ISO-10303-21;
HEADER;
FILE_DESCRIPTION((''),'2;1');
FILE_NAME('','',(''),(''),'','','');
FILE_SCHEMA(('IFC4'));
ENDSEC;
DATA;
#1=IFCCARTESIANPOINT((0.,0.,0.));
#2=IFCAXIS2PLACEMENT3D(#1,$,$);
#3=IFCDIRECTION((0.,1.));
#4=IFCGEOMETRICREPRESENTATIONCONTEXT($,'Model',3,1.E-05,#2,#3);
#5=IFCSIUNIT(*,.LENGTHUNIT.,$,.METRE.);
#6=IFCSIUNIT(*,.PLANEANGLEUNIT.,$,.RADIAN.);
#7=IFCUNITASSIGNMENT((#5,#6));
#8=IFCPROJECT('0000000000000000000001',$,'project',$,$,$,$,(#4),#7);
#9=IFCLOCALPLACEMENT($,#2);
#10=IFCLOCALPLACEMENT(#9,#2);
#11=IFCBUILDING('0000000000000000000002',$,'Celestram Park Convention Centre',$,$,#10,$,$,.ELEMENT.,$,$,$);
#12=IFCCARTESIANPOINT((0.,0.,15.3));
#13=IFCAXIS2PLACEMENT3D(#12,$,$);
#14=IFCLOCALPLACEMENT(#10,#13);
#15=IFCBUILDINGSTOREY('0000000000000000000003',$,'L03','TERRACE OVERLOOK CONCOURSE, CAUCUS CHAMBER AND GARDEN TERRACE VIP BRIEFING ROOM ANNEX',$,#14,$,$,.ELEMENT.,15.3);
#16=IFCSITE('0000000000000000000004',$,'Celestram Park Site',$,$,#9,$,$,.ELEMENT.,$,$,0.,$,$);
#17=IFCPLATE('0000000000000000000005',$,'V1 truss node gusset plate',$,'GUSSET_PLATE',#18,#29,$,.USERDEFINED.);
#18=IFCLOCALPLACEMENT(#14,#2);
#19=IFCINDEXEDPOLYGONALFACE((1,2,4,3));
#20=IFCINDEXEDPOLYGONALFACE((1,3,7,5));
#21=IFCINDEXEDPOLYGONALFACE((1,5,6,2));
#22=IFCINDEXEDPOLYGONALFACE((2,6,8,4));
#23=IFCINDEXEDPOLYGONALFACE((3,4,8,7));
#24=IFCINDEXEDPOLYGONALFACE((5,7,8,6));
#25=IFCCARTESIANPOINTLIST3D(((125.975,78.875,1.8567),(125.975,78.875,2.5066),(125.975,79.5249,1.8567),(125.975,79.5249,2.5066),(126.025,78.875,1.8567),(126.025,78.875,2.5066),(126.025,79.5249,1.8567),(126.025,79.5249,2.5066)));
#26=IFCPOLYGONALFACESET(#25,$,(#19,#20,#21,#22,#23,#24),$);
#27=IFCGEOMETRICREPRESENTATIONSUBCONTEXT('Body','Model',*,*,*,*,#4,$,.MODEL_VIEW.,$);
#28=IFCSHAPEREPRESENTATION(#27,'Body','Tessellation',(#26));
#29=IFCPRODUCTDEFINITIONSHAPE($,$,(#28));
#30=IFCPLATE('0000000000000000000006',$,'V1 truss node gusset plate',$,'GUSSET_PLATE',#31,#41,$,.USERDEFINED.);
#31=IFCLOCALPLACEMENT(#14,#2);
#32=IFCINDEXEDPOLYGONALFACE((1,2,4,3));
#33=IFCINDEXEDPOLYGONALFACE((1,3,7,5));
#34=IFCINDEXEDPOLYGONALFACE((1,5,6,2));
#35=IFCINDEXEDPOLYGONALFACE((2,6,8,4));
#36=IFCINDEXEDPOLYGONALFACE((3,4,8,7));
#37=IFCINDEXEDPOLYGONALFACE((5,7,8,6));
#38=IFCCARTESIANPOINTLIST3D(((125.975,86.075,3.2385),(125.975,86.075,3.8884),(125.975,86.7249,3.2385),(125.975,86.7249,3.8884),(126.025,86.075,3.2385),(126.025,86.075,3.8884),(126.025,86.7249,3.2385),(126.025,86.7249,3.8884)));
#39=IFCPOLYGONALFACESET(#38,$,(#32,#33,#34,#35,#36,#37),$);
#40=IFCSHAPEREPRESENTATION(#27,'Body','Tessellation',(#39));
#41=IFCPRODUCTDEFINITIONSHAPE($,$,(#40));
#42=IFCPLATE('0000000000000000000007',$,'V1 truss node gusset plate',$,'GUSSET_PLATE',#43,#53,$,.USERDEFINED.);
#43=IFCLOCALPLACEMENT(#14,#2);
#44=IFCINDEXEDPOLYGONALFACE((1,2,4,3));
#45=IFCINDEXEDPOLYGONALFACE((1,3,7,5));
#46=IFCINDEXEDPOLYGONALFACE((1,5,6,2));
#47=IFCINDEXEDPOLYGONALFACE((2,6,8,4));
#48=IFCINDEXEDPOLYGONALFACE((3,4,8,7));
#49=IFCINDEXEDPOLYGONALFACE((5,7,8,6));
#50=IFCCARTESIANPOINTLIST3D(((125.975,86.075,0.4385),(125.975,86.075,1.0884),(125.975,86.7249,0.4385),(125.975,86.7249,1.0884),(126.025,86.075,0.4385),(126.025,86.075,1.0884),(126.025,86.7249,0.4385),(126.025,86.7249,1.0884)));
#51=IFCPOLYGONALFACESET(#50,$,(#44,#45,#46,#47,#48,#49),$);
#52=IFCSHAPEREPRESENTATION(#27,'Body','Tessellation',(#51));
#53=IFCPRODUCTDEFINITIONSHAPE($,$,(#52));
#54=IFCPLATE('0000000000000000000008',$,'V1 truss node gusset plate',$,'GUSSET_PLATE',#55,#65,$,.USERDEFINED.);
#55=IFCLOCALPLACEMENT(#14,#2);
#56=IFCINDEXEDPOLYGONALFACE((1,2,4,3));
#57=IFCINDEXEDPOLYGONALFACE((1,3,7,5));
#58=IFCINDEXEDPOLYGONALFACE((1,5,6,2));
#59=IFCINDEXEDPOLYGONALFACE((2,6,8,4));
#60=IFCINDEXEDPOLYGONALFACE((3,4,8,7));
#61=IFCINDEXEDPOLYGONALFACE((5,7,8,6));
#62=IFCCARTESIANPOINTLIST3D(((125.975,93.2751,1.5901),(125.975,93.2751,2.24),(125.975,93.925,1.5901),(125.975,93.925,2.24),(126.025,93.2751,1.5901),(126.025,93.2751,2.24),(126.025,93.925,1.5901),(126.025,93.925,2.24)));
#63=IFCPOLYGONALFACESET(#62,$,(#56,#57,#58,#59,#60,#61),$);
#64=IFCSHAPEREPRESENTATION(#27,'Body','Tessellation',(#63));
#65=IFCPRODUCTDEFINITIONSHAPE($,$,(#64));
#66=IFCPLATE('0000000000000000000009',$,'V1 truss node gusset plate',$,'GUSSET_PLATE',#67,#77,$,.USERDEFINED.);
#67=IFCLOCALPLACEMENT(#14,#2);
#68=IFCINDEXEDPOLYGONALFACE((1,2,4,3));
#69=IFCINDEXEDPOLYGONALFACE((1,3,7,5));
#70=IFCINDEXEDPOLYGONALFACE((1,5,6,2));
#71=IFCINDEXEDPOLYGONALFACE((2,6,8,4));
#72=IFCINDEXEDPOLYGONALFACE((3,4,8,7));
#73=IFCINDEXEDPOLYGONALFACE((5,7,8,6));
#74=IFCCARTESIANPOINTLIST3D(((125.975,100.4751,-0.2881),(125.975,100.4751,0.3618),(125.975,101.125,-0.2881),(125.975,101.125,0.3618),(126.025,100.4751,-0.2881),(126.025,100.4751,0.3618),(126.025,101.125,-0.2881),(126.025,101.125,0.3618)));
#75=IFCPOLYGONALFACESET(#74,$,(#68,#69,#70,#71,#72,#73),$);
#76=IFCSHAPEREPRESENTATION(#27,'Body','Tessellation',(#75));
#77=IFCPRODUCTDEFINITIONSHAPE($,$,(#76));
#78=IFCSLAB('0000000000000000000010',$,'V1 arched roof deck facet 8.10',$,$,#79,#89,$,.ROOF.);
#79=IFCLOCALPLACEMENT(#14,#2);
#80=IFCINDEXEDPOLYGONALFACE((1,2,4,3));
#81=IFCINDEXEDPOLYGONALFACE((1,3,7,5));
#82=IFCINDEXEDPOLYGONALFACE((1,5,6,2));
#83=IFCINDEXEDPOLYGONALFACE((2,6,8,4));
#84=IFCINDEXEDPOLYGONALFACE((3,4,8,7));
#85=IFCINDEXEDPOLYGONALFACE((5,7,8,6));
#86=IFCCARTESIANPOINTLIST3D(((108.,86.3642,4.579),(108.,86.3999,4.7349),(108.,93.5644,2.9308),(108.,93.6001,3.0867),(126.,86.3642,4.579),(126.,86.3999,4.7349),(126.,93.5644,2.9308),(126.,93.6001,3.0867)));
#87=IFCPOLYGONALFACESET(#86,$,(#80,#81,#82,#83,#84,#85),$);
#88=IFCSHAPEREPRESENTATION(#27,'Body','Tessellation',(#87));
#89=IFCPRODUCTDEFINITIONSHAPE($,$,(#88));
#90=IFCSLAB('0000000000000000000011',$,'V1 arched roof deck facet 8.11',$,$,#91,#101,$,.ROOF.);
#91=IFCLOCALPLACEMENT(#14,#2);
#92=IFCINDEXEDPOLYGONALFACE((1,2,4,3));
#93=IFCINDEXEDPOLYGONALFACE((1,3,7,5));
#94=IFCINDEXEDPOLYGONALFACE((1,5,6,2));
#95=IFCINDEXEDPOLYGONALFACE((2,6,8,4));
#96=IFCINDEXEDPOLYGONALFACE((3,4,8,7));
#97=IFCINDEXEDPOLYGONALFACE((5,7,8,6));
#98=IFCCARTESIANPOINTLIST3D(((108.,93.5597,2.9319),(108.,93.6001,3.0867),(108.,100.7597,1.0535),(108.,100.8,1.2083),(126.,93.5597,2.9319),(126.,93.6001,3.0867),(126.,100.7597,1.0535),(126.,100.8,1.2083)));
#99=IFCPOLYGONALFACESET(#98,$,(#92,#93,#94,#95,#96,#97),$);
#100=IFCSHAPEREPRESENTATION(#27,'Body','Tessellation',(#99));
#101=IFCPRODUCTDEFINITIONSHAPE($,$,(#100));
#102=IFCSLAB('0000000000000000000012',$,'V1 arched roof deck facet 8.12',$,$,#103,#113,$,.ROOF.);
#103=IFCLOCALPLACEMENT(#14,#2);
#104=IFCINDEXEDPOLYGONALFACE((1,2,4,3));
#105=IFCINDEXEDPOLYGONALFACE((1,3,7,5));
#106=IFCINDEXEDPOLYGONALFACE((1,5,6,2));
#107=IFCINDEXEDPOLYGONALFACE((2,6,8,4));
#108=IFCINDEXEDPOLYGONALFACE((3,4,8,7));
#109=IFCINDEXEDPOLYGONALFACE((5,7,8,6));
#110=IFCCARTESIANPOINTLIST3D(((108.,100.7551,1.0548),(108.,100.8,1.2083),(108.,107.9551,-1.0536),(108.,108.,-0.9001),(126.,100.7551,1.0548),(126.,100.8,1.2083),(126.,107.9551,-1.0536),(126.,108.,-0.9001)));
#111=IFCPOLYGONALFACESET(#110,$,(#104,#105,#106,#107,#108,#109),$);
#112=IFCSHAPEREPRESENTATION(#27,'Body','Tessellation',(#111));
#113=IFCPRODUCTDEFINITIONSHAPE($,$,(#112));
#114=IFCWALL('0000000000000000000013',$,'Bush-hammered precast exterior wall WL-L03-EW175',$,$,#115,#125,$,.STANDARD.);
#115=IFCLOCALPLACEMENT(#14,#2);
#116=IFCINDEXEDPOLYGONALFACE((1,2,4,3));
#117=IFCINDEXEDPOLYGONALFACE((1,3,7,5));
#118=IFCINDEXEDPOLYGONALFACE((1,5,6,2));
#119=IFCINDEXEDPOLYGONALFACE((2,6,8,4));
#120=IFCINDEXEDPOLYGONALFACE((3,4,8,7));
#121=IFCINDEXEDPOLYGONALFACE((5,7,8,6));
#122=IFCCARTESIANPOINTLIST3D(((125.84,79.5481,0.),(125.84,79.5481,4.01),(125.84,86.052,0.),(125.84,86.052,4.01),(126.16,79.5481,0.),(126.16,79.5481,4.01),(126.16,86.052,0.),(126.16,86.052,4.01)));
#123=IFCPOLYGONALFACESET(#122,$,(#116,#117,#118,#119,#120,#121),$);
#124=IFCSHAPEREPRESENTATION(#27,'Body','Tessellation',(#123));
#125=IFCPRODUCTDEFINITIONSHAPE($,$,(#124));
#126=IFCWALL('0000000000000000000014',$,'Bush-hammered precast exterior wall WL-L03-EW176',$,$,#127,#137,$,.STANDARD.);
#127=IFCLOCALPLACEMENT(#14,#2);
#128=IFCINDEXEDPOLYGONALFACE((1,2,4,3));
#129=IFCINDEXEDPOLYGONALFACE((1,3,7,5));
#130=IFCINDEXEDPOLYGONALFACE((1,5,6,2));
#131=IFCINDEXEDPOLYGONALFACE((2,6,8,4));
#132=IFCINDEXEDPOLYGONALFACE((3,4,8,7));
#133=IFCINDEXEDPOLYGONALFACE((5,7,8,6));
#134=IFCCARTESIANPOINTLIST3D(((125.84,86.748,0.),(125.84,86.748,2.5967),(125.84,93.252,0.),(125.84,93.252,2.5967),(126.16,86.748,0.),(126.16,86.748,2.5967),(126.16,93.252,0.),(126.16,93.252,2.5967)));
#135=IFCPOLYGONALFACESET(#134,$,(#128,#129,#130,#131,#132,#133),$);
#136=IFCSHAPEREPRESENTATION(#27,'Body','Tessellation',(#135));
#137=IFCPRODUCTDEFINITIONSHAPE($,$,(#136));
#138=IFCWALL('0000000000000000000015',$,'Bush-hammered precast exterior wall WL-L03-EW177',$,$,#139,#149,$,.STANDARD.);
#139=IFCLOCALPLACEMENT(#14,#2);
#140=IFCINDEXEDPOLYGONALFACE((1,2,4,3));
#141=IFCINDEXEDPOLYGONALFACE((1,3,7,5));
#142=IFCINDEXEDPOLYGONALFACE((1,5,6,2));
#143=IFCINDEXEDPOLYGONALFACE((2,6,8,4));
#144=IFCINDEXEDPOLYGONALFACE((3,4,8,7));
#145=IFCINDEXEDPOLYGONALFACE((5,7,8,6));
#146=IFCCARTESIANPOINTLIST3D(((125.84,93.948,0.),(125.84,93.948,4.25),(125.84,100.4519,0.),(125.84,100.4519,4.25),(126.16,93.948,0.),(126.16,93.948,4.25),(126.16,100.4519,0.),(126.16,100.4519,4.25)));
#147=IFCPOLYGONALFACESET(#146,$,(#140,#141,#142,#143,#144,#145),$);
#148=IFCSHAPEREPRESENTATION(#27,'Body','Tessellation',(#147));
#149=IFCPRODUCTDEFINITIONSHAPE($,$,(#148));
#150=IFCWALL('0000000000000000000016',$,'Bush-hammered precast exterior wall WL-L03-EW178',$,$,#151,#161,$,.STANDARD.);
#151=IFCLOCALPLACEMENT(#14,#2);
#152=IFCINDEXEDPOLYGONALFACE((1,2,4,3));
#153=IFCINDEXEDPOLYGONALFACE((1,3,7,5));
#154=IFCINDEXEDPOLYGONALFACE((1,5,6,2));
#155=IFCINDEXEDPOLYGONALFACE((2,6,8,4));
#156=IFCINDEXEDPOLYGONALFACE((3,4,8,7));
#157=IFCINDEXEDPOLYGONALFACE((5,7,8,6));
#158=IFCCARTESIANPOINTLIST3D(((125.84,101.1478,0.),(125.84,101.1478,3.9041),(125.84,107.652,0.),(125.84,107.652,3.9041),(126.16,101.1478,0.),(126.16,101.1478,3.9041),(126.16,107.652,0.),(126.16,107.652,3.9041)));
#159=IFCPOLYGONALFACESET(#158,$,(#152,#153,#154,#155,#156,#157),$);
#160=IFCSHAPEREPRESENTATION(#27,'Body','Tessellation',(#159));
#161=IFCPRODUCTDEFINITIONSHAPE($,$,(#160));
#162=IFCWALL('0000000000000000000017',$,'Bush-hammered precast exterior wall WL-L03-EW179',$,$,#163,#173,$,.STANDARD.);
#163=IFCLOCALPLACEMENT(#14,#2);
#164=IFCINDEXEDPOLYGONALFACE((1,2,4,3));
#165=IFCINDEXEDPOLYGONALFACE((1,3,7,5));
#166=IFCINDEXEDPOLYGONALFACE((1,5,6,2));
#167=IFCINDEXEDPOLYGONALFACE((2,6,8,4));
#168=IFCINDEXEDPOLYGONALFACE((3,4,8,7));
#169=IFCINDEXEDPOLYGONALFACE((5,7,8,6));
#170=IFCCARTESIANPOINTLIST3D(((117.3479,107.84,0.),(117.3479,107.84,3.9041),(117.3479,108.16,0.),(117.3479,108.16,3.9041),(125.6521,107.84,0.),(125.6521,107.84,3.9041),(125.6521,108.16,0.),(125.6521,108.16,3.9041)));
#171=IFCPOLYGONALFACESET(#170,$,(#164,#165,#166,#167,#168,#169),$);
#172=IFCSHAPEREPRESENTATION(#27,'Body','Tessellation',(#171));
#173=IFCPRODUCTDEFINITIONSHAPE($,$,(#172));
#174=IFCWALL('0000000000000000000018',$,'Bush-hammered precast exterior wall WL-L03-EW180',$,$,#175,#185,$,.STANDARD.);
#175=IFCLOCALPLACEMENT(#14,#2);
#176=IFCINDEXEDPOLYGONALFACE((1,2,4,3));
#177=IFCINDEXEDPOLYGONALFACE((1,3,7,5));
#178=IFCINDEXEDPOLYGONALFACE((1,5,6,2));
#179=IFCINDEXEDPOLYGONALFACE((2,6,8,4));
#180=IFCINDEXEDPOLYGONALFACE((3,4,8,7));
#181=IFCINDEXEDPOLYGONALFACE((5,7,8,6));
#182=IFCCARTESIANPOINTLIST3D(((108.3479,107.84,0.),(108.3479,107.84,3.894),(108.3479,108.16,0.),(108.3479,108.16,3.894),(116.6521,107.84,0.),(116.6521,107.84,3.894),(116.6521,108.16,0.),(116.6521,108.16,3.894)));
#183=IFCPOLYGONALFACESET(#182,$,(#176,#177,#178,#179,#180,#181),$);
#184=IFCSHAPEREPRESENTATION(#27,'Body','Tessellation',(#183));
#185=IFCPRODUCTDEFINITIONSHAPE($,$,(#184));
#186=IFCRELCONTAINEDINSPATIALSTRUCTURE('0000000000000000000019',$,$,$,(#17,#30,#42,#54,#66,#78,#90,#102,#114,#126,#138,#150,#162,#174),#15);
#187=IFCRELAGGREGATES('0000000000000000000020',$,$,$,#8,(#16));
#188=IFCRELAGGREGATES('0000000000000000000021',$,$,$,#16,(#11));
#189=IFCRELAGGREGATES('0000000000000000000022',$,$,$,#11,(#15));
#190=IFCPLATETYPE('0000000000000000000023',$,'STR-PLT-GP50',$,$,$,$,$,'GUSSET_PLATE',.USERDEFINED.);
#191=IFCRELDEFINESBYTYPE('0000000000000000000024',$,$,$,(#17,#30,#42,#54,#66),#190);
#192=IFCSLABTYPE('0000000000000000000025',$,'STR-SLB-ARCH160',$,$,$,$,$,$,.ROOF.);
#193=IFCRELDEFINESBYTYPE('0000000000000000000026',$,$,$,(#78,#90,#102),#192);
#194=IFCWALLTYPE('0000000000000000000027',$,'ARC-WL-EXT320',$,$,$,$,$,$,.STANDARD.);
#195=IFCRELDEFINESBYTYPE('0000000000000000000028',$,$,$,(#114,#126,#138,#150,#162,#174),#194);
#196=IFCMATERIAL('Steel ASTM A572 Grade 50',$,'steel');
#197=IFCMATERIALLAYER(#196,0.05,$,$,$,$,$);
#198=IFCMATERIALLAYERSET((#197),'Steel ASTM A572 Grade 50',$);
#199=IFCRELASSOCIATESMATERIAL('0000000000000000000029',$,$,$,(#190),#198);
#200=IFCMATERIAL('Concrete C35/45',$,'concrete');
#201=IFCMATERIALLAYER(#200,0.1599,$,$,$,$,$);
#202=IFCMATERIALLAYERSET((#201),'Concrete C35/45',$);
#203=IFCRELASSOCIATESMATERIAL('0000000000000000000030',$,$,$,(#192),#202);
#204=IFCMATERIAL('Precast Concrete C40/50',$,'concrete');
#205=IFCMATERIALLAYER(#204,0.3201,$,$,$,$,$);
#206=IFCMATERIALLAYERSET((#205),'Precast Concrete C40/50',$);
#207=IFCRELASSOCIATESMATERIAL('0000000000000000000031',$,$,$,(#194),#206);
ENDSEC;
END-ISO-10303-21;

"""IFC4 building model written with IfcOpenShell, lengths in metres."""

from ifc_helpers import new_model, si_unit, direction, frame, frame_2d, origin, origin_2d, place, context, subcontext, project, spatial, polyline, rectangle, outline, extrude, material, layer, layer_set, type_object, element, save


model = new_model("IFC4")

# Units and contexts
model_context = context("Model", 3, precision=1e-05, world=origin(), true_north=direction((0.0, 1.0)))
body_context = subcontext(model_context, "Body", "Model", "MODEL_VIEW")
ifc_project = project(units=[si_unit("LENGTHUNIT", "METRE"), si_unit("PLANEANGLEUNIT", "RADIAN")], contexts=[model_context])

# Site, building, storey
site_placement = place(None, origin())
site = spatial("IfcSite", under=ifc_project, at=site_placement, Name="Celestram Park Site", CompositionType="ELEMENT", RefElevation=0.0)
building_placement = place(site_placement, origin())
building = spatial("IfcBuilding", under=site, at=building_placement, Name="Celestram Park Convention Centre", CompositionType="ELEMENT")
storey_placement = place(building_placement, frame((0.0, 0.0, 15.3)))
storey = spatial("IfcBuildingStorey", under=building, at=storey_placement, Name="L03", Description="TERRACE OVERLOOK CONCOURSE, CAUCUS CHAMBER AND GARDEN TERRACE VIP BRIEFING ROOM ANNEX", CompositionType="ELEMENT", Elevation=15.3)

# Plates
ifc_material_1 = material(Name="Steel ASTM A572 Grade 50", Category="steel")
ifc_layer_1 = layer(ifc_material_1, 0.05)
ifc_layer_set_1 = layer_set([ifc_layer_1], Name="Steel ASTM A572 Grade 50")
plate_type = type_object("IfcPlateType", Name="STR-PLT-GP50", ElementType="GUSSET_PLATE", PredefinedType="USERDEFINED", material=ifc_layer_set_1)
for number, where, z_axis, x_axis, name in (
    (1, (126.0, 79.2, 1.8567), (0.0, 0.0, 1.0), (0.0, 1.0, 0.0), "V1 truss node gusset plate"),
    (2, (126.0, 86.3999, 3.2385), (0.0, 0.0, 1.0), (0.0, 1.0, 0.0), "V1 truss node gusset plate"),
    (3, (126.0, 86.3999, 0.4385), (0.0, 0.0, 1.0), (0.0, 1.0, 0.0), "V1 truss node gusset plate"),
    (4, (126.0, 93.6001, 1.5901), (0.0, 0.0, 1.0), (0.0, 1.0, 0.0), "V1 truss node gusset plate"),
    (5, (126.0, 100.8, -0.2881), (0.0, 0.0, 1.0), (0.0, 1.0, 0.0), "V1 truss node gusset plate"),
):
    element("IfcPlate", number, at=place(storey_placement, frame(where, z_axis=z_axis, x_axis=x_axis)), inside=storey, type_object=plate_type, Name=name, ObjectType="GUSSET_PLATE", PredefinedType="USERDEFINED", context=body_context, shape_type="SweptSolid", body=[
        extrude(rectangle(XDim=0.6499, YDim=0.05, at=origin_2d()), origin(), (0.0, 0.0, 1.0), 0.6499),
    ])

# Slabs
ifc_material_2 = material(Name="Concrete C35/45", Category="concrete")
ifc_layer_2 = layer(ifc_material_2, 0.1599)
ifc_layer_set_2 = layer_set([ifc_layer_2], Name="Concrete C35/45")
slab_type = type_object("IfcSlabType", Name="STR-SLB-ARCH160", PredefinedType="ROOF", material=ifc_layer_set_2)
slab_1_placement = place(storey_placement, frame((108.0, 86.3999, 4.7349), z_axis=(0.0, 0.223138, 0.974787), x_axis=(1.0, 0.0, 0.0)))
element("IfcSlab", 6, at=slab_1_placement, inside=storey, type_object=slab_type, Name="V1 arched roof deck facet 8.10", PredefinedType="ROOF", context=body_context, shape_type="SweptSolid", body=[
    extrude(outline(polyline([(0.0, 0.0), (18.0, 0.0), (18.0, 7.3864), (0.0, 7.3864), (0.0, 0.0)])), origin(), (0.0, 0.0, -1.0), 0.1599),
])
slab_2_placement = place(storey_placement, frame((108.0, 93.6001, 3.0867), z_axis=(0.0, 0.252443, 0.967612), x_axis=(1.0, 0.0, 0.0)))
element("IfcSlab", 7, at=slab_2_placement, inside=storey, type_object=slab_type, Name="V1 arched roof deck facet 8.11", PredefinedType="ROOF", context=body_context, shape_type="SweptSolid", body=[
    extrude(outline(polyline([(0.0, 0.0), (18.0, 0.0), (18.0, 7.441), (0.0, 7.441), (0.0, 0.0)])), origin(), (0.0, 0.0, -1.0), 0.1599),
])
slab_3_placement = place(storey_placement, frame((108.0, 100.8, 1.2083), z_axis=(0.0, 0.281033, 0.959698), x_axis=(1.0, 0.0, 0.0)))
element("IfcSlab", 8, at=slab_3_placement, inside=storey, type_object=slab_type, Name="V1 arched roof deck facet 8.12", PredefinedType="ROOF", context=body_context, shape_type="SweptSolid", body=[
    extrude(outline(polyline([(0.0, 0.0), (18.0, 0.0), (18.0, 7.5023), (0.0, 7.5023), (0.0, 0.0)])), origin(), (0.0, 0.0, -1.0), 0.1599),
])

# Walls
ifc_material_3 = material(Name="Precast Concrete C40/50", Category="concrete")
ifc_layer_3 = layer(ifc_material_3, 0.3201)
ifc_layer_set_3 = layer_set([ifc_layer_3], Name="Precast Concrete C40/50")
wall_type = type_object("IfcWallType", Name="ARC-WL-EXT320", PredefinedType="STANDARD", material=ifc_layer_set_3)
wall_1_placement = place(storey_placement, frame((126.0, 79.5481, 0.0), z_axis=(0.0, 0.0, 1.0), x_axis=(0.0, 1.0, 0.0)))
element("IfcWall", 9, at=wall_1_placement, inside=storey, type_object=wall_type, Name="Bush-hammered precast exterior wall WL-L03-EW175", PredefinedType="STANDARD", context=body_context, shape_type="SweptSolid", body=[
    extrude(rectangle(XDim=6.5039, YDim=0.3201, at=frame_2d((3.252, 0.0))), origin(), (0.0, 0.0, 1.0), 4.01),
])
wall_2_placement = place(storey_placement, frame((126.0, 86.748, 0.0), z_axis=(0.0, 0.0, 1.0), x_axis=(0.0, 1.0, 0.0)))
element("IfcWall", 10, at=wall_2_placement, inside=storey, type_object=wall_type, Name="Bush-hammered precast exterior wall WL-L03-EW176", PredefinedType="STANDARD", context=body_context, shape_type="SweptSolid", body=[
    extrude(rectangle(XDim=6.5039, YDim=0.3201, at=frame_2d((3.252, 0.0))), origin(), (0.0, 0.0, 1.0), 2.5967),
])
wall_3_placement = place(storey_placement, frame((126.0, 93.948, 0.0), z_axis=(0.0, 0.0, 1.0), x_axis=(0.0, 1.0, 0.0)))
element("IfcWall", 11, at=wall_3_placement, inside=storey, type_object=wall_type, Name="Bush-hammered precast exterior wall WL-L03-EW177", PredefinedType="STANDARD", context=body_context, shape_type="SweptSolid", body=[
    extrude(rectangle(XDim=6.5039, YDim=0.3201, at=frame_2d((3.252, 0.0))), origin(), (0.0, 0.0, 1.0), 4.25),
])
wall_4_placement = place(storey_placement, frame((126.0, 101.1479, 0.0), z_axis=(0.0, 0.0, 1.0), x_axis=(0.0, 1.0, 0.0)))
element("IfcWall", 12, at=wall_4_placement, inside=storey, type_object=wall_type, Name="Bush-hammered precast exterior wall WL-L03-EW178", PredefinedType="STANDARD", context=body_context, shape_type="SweptSolid", body=[
    extrude(rectangle(XDim=6.5042, YDim=0.3201, at=frame_2d((3.252, 0.0))), origin(), (0.0, 0.0, 1.0), 3.9041),
])
wall_5_placement = place(storey_placement, frame((125.6521, 108.0, 0.0), z_axis=(0.0, 0.0, 1.0), x_axis=(-1.0, 0.0, 0.0)))
element("IfcWall", 13, at=wall_5_placement, inside=storey, type_object=wall_type, Name="Bush-hammered precast exterior wall WL-L03-EW179", PredefinedType="STANDARD", context=body_context, shape_type="SweptSolid", body=[
    extrude(rectangle(XDim=8.3042, YDim=0.3201, at=frame_2d((4.1521, 0.0))), origin(), (0.0, 0.0, 1.0), 3.9041),
])
wall_6_placement = place(storey_placement, frame((116.6521, 108.0, 0.0), z_axis=(0.0, 0.0, 1.0), x_axis=(-1.0, 0.0, 0.0)))
element("IfcWall", 14, at=wall_6_placement, inside=storey, type_object=wall_type, Name="Bush-hammered precast exterior wall WL-L03-EW180", PredefinedType="STANDARD", context=body_context, shape_type="SweptSolid", body=[
    extrude(rectangle(XDim=8.3042, YDim=0.3201, at=frame_2d((4.1521, 0.0))), origin(), (0.0, 0.0, 1.0), 3.894),
])

save(model, "model.ifc")
